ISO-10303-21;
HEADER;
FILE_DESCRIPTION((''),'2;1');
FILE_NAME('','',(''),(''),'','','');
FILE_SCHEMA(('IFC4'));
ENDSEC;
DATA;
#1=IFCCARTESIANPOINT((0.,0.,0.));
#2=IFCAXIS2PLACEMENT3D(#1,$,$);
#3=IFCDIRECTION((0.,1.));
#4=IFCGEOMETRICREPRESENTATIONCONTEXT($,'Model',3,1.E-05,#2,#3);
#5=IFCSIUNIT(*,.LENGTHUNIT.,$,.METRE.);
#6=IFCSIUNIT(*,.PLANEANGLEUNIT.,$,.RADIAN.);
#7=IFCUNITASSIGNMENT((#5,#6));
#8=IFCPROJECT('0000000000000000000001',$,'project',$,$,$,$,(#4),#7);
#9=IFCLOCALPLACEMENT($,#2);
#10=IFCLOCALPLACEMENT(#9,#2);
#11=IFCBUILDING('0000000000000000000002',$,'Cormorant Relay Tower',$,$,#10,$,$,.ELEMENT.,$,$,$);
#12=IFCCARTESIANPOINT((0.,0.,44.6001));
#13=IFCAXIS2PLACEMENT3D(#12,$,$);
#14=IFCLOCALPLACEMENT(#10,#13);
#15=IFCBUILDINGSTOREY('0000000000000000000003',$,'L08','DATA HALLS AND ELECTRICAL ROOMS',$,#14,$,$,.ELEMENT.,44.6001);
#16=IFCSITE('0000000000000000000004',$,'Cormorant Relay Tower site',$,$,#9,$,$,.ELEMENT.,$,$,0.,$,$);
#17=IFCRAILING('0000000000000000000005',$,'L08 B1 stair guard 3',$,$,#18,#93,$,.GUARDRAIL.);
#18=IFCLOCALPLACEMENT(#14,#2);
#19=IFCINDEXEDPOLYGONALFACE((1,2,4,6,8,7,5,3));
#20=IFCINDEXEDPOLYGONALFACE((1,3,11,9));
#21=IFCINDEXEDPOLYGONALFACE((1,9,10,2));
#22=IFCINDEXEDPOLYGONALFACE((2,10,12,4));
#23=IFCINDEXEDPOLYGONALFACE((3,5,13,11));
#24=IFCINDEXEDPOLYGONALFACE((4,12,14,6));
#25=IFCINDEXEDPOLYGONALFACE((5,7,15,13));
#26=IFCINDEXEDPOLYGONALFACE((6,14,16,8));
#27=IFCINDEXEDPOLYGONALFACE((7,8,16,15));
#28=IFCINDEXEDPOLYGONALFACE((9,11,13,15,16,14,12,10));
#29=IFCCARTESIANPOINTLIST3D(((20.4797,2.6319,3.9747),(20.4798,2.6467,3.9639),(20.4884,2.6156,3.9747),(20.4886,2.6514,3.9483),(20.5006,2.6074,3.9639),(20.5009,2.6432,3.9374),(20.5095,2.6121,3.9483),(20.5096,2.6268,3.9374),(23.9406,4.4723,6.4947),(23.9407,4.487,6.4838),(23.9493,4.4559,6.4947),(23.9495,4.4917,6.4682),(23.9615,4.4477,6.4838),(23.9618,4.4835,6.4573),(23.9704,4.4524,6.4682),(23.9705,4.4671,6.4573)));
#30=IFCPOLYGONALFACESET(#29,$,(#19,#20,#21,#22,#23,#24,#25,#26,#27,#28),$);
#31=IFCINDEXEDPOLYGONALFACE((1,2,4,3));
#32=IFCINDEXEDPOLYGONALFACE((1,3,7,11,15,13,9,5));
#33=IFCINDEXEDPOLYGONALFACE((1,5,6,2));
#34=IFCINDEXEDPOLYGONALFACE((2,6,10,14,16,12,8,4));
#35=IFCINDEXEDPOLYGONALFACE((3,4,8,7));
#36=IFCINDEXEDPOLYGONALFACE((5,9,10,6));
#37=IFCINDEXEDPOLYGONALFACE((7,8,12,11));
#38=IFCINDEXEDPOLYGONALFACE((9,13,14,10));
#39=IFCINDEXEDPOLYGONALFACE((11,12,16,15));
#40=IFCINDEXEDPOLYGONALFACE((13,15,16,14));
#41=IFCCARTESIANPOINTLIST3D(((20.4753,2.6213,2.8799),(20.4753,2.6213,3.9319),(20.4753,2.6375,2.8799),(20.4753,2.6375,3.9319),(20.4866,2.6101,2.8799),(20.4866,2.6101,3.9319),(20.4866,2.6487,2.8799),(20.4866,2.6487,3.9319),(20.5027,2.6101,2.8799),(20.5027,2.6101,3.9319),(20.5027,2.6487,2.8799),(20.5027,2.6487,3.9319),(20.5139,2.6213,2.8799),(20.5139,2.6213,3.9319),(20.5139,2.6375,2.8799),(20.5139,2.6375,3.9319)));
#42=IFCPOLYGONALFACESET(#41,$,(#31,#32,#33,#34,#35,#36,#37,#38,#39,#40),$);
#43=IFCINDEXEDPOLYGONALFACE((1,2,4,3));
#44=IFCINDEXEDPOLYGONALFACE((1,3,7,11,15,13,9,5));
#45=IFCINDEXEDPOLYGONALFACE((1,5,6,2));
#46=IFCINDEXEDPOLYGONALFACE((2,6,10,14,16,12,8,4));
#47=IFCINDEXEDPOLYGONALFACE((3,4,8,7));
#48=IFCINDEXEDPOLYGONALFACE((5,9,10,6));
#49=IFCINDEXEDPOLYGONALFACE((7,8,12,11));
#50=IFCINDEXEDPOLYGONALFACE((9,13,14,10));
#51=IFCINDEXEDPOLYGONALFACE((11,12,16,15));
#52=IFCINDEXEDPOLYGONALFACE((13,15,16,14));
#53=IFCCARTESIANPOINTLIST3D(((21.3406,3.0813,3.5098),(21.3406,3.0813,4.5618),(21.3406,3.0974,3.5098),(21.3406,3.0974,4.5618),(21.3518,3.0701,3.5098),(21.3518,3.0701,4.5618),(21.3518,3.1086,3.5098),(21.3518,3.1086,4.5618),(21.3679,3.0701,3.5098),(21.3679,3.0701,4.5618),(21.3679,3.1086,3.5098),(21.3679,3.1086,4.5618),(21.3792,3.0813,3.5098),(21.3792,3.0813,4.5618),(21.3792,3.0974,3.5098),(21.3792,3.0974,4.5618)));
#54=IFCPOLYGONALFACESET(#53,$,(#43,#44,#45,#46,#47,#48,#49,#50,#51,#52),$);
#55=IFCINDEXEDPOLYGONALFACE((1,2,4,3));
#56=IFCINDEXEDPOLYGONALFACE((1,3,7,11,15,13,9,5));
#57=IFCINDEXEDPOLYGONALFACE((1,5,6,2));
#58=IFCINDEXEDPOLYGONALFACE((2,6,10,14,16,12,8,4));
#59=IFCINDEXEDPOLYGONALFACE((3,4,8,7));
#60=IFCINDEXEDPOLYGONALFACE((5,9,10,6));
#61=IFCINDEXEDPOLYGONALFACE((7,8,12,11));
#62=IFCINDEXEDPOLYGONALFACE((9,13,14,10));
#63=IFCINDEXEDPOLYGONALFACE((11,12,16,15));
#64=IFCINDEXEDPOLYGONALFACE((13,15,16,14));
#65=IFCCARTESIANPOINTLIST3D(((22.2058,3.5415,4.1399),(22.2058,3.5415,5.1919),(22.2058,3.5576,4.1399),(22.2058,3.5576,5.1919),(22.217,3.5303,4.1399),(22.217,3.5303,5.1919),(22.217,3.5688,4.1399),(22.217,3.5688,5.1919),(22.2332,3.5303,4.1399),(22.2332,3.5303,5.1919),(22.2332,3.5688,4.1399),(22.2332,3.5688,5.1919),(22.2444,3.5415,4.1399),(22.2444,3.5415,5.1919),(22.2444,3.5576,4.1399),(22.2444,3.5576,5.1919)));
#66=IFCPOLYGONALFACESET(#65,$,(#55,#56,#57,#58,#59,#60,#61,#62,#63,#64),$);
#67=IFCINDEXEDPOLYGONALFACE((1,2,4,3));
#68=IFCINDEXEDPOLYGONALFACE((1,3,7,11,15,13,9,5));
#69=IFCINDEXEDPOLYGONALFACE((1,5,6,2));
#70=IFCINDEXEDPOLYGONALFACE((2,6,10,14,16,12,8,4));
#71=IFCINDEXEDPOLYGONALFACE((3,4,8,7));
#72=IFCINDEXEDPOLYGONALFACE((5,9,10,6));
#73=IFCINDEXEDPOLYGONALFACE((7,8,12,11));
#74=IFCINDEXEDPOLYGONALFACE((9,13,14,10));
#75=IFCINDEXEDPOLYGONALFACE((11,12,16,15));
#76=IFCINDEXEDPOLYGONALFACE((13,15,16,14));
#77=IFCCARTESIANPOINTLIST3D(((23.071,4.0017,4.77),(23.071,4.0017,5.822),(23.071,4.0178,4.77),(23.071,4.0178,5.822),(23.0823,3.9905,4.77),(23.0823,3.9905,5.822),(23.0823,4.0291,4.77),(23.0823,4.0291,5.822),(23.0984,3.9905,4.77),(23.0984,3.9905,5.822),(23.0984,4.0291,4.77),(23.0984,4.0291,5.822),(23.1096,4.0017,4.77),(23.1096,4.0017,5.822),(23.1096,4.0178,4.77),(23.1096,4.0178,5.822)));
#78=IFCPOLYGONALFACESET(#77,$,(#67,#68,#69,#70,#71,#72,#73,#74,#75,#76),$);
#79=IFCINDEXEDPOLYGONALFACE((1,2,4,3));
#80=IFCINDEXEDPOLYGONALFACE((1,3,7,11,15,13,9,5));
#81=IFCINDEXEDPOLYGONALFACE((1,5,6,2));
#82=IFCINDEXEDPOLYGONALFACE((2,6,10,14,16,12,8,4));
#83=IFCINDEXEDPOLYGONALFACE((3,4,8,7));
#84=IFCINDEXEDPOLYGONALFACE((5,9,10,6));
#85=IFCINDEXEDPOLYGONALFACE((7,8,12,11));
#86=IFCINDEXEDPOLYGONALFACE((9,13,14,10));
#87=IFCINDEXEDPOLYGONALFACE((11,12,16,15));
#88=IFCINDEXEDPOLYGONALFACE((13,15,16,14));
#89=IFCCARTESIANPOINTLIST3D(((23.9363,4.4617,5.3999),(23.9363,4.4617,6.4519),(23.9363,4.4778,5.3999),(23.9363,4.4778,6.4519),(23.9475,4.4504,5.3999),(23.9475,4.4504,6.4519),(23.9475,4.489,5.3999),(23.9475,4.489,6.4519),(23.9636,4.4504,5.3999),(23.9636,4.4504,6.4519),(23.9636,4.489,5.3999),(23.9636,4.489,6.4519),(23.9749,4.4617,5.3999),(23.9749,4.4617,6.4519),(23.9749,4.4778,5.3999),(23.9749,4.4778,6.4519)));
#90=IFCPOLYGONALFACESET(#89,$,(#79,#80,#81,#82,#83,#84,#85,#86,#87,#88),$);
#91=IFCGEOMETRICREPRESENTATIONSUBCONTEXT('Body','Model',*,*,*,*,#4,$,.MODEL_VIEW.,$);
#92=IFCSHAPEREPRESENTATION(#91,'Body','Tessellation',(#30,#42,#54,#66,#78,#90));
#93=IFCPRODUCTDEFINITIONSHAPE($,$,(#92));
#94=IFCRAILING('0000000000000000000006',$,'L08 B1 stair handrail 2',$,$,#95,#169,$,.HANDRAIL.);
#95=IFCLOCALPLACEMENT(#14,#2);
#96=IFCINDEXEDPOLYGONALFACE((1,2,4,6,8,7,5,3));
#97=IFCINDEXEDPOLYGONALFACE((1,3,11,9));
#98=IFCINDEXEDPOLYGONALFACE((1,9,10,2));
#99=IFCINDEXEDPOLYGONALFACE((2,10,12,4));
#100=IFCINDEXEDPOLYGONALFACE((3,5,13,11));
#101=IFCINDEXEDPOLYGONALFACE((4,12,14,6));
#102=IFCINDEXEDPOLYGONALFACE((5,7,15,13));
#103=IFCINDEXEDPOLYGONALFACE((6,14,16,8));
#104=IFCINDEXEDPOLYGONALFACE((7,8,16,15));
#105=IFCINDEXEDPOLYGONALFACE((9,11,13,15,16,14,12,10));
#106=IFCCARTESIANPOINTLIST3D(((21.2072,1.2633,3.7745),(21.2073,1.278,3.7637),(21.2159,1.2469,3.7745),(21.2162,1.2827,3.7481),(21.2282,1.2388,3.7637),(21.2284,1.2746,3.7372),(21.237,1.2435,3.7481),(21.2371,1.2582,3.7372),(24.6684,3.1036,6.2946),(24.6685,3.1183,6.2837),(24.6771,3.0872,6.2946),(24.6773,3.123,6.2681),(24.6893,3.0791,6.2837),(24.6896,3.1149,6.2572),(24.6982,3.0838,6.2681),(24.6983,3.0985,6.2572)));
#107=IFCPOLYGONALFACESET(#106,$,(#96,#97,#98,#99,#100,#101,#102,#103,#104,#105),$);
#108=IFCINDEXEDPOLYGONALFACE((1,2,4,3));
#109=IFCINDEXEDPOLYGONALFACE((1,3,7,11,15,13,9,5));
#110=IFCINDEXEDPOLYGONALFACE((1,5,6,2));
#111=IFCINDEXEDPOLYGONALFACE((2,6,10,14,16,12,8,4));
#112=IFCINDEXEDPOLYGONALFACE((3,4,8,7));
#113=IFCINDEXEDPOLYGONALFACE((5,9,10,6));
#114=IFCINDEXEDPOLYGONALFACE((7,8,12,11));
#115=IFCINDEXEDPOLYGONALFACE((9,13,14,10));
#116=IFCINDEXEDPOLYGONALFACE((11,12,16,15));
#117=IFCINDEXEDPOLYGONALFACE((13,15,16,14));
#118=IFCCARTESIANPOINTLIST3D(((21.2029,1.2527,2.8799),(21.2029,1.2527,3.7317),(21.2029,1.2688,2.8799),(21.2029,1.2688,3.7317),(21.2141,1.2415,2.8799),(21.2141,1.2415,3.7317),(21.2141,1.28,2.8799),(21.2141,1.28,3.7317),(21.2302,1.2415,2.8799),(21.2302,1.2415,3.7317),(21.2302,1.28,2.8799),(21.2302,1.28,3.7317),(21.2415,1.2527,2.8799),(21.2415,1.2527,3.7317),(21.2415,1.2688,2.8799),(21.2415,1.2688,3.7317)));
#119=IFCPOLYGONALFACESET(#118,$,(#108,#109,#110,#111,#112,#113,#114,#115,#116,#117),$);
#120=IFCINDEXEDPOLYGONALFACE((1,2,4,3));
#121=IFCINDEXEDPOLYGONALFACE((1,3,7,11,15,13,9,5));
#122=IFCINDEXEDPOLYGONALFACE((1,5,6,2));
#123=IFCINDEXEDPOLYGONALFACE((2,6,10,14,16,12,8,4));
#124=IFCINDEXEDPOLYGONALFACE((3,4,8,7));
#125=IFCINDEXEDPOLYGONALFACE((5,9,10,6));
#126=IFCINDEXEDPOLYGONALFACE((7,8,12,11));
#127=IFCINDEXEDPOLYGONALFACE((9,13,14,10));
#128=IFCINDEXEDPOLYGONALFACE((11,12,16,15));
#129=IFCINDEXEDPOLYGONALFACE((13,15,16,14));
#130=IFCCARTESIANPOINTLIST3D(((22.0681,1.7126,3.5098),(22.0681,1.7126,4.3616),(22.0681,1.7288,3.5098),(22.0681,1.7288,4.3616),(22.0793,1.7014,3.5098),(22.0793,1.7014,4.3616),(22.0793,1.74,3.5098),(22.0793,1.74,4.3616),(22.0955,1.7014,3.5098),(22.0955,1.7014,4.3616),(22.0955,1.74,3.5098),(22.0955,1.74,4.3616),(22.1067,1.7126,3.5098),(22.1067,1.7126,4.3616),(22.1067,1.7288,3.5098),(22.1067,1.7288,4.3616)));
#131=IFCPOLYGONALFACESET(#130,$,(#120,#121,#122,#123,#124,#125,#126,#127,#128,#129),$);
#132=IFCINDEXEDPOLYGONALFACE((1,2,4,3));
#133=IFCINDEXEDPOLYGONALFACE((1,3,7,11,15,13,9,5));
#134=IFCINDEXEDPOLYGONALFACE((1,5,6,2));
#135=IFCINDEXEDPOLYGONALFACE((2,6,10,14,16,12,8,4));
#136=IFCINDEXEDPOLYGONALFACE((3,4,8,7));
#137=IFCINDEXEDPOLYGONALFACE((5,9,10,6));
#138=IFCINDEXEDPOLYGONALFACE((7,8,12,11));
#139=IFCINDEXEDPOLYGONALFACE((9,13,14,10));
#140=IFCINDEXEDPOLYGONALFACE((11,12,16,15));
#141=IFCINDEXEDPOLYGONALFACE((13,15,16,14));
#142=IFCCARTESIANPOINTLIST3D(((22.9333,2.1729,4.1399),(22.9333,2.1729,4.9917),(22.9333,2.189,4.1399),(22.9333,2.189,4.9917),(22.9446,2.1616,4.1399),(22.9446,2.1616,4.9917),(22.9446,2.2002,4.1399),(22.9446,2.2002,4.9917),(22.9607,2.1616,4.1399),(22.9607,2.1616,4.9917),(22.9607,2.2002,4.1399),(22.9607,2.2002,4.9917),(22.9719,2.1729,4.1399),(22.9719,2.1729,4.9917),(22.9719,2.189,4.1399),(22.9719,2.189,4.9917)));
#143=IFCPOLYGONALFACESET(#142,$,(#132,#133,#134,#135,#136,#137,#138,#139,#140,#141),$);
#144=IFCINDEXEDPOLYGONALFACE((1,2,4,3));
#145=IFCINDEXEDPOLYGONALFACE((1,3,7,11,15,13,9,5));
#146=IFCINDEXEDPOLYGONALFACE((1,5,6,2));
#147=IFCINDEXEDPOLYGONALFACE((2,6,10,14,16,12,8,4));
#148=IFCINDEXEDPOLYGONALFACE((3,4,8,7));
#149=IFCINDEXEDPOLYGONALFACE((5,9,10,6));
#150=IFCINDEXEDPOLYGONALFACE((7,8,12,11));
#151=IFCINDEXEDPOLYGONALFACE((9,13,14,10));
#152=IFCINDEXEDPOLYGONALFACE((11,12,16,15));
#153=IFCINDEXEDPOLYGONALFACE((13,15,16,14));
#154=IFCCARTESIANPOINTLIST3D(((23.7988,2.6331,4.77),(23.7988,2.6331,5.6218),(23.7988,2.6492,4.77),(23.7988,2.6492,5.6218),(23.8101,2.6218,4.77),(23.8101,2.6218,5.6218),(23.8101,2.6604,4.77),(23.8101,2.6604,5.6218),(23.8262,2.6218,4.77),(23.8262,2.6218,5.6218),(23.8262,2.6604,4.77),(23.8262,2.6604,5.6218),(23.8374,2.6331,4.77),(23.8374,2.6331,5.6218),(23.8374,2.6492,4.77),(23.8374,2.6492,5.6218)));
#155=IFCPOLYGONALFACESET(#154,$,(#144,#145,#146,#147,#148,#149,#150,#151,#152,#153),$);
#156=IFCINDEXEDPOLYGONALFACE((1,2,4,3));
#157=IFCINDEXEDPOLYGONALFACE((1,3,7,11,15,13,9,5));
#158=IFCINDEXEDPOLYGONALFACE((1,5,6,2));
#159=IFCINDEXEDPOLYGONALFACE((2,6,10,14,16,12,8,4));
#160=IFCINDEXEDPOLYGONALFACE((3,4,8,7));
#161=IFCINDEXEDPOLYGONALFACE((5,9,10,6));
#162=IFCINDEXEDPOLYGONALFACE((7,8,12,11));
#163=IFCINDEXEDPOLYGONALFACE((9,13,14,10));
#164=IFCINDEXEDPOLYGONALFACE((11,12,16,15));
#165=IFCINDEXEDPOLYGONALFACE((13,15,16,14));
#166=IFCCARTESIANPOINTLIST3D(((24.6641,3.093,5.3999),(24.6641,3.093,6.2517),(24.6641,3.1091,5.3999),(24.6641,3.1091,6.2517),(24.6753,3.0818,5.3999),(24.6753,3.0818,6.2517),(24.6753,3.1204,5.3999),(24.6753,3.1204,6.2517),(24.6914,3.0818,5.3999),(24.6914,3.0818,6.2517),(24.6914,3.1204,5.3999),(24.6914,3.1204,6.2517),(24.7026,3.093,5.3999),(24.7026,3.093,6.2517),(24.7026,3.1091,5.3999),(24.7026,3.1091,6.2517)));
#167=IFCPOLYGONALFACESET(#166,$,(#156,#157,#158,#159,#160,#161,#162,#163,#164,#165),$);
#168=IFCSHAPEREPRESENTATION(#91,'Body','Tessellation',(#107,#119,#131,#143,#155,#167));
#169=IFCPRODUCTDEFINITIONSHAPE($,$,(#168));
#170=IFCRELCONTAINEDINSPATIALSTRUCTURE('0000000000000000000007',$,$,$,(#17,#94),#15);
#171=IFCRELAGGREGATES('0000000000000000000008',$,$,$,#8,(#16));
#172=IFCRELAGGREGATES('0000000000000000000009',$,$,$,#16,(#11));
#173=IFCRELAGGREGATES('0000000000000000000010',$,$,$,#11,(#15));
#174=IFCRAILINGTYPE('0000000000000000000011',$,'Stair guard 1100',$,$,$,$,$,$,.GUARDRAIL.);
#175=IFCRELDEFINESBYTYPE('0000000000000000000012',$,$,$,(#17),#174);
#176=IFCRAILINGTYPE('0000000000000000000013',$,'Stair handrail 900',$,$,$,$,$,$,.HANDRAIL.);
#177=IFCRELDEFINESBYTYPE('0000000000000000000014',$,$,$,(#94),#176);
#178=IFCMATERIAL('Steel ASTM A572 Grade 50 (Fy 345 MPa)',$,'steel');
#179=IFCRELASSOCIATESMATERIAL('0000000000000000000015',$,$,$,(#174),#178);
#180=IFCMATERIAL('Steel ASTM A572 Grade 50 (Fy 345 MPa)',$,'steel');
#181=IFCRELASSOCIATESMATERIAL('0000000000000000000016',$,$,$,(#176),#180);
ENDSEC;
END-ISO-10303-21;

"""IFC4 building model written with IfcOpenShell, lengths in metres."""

from ifc_helpers import new_model, si_unit, direction, frame, origin, place, context, subcontext, project, spatial, polyline, outline, extrude, material, type_object, element, save


model = new_model("IFC4")

# Units and contexts
model_context = context("Model", 3, precision=1e-05, world=origin(), true_north=direction((0.0, 1.0)))
body_context = subcontext(model_context, "Body", "Model", "MODEL_VIEW")
ifc_project = project(units=[si_unit("LENGTHUNIT", "METRE"), si_unit("PLANEANGLEUNIT", "RADIAN")], contexts=[model_context])

# Site, building, storey
site_placement = place(None, origin())
site = spatial("IfcSite", under=ifc_project, at=site_placement, Name="Cormorant Relay Tower site", CompositionType="ELEMENT", RefElevation=0.0)
building_placement = place(site_placement, origin())
building = spatial("IfcBuilding", under=site, at=building_placement, Name="Cormorant Relay Tower", CompositionType="ELEMENT")
storey_placement = place(building_placement, frame((0.0, 0.0, 44.6001)))
storey = spatial("IfcBuildingStorey", under=building, at=storey_placement, Name="L08", Description="DATA HALLS AND ELECTRICAL ROOMS", CompositionType="ELEMENT", Elevation=44.6001)

# Railings
ifc_material_1 = material(Name="Steel ASTM A572 Grade 50 (Fy 345 MPa)", Category="steel")
railing_type_1 = type_object("IfcRailingType", Name="Stair guard 1100", PredefinedType="GUARDRAIL", material=ifc_material_1)
railing_1_placement = place(storey_placement, frame((20.4946, 2.6294, 2.8799)))
element("IfcRailing", 1, at=railing_1_placement, inside=storey, type_object=railing_type_1, Name="L08 B1 stair guard 3", PredefinedType="GUARDRAIL", context=body_context, shape_type="SweptSolid", body=[
    extrude(outline(polyline([(0.0222, 0.0093), (0.0093, 0.0222), (-0.0093, 0.0222), (-0.0222, 0.0093), (-0.0222, -0.0093), (-0.0093, -0.0222), (0.0093, -0.0222), (0.0222, -0.0093), (0.0222, 0.0093)])), frame((0.0, 0.0, 1.0762), z_axis=(0.742694, 0.394923, 0.540779), x_axis=(-0.469495, 0.882935, 0.0)), (0.0, 0.0, 1.0), 4.6599),
    extrude(outline(polyline([(0.0193, 0.0081), (0.0081, 0.0193), (-0.0081, 0.0193), (-0.0193, 0.0081), (-0.0193, -0.0081), (-0.0081, -0.0193), (0.0081, -0.0193), (0.0193, -0.0081), (0.0193, 0.0081)])), origin(), (0.0, 0.0, 1.0), 1.052),
    extrude(outline(polyline([(0.0193, 0.0081), (0.0081, 0.0193), (-0.0081, 0.0193), (-0.0193, 0.0081), (-0.0193, -0.0081), (-0.0081, -0.0193), (0.0081, -0.0193), (0.0193, -0.0081), (0.0193, 0.0081)])), frame((0.8652, 0.46, 0.6299)), (0.0, 0.0, 1.0), 1.052),
    extrude(outline(polyline([(0.0193, 0.0081), (0.0081, 0.0193), (-0.0081, 0.0193), (-0.0193, 0.0081), (-0.0193, -0.0081), (-0.0081, -0.0193), (0.0081, -0.0193), (0.0193, -0.0081), (0.0193, 0.0081)])), frame((1.7305, 0.9202, 1.26)), (0.0, 0.0, 1.0), 1.052),
    extrude(outline(polyline([(0.0193, 0.0081), (0.0081, 0.0193), (-0.0081, 0.0193), (-0.0193, 0.0081), (-0.0193, -0.0081), (-0.0081, -0.0193), (0.0081, -0.0193), (0.0193, -0.0081), (0.0193, 0.0081)])), frame((2.5957, 1.3804, 1.8901)), (0.0, 0.0, 1.0), 1.052),
    extrude(outline(polyline([(0.0193, 0.0081), (0.0081, 0.0193), (-0.0081, 0.0193), (-0.0193, 0.0081), (-0.0193, -0.0081), (-0.0081, -0.0193), (0.0081, -0.0193), (0.0193, -0.0081), (0.0193, 0.0081)])), frame((3.4609, 1.8403, 2.52)), (0.0, 0.0, 1.0), 1.052),
])
ifc_material_2 = material(Name="Steel ASTM A572 Grade 50 (Fy 345 MPa)", Category="steel")
railing_type_2 = type_object("IfcRailingType", Name="Stair handrail 900", PredefinedType="HANDRAIL", material=ifc_material_2)
railing_2_placement = place(storey_placement, frame((21.2222, 1.2607, 2.8799)))
element("IfcRailing", 2, at=railing_2_placement, inside=storey, type_object=railing_type_2, Name="L08 B1 stair handrail 2", PredefinedType="HANDRAIL", context=body_context, shape_type="SweptSolid", body=[
    extrude(outline(polyline([(0.0222, 0.0093), (0.0093, 0.0222), (-0.0093, 0.0222), (-0.0222, 0.0093), (-0.0222, -0.0093), (-0.0093, -0.0222), (0.0093, -0.0222), (0.0222, -0.0093), (0.0222, 0.0093)])), frame((0.0, 0.0, 0.876), z_axis=(0.742717, 0.394907, 0.540758), x_axis=(-0.469469, 0.882949, 0.0)), (0.0, 0.0, 1.0), 4.6602),
    extrude(outline(polyline([(0.0193, 0.0081), (0.0081, 0.0193), (-0.0081, 0.0193), (-0.0193, 0.0081), (-0.0193, -0.0081), (-0.0081, -0.0193), (0.0081, -0.0193), (0.0193, -0.0081), (0.0193, 0.0081)])), origin(), (0.0, 0.0, 1.0), 0.8518),
    extrude(outline(polyline([(0.0193, 0.0081), (0.0081, 0.0193), (-0.0081, 0.0193), (-0.0193, 0.0081), (-0.0193, -0.0081), (-0.0081, -0.0193), (0.0081, -0.0193), (0.0193, -0.0081), (0.0193, 0.0081)])), frame((0.8652, 0.46, 0.6299)), (0.0, 0.0, 1.0), 0.8518),
    extrude(outline(polyline([(0.0193, 0.0081), (0.0081, 0.0193), (-0.0081, 0.0193), (-0.0193, 0.0081), (-0.0193, -0.0081), (-0.0081, -0.0193), (0.0081, -0.0193), (0.0193, -0.0081), (0.0193, 0.0081)])), frame((1.7305, 0.9202, 1.26)), (0.0, 0.0, 1.0), 0.8518),
    extrude(outline(polyline([(0.0193, 0.0081), (0.0081, 0.0193), (-0.0081, 0.0193), (-0.0193, 0.0081), (-0.0193, -0.0081), (-0.0081, -0.0193), (0.0081, -0.0193), (0.0193, -0.0081), (0.0193, 0.0081)])), frame((2.5959, 1.3804, 1.8901)), (0.0, 0.0, 1.0), 0.8518),
    extrude(outline(polyline([(0.0193, 0.0081), (0.0081, 0.0193), (-0.0081, 0.0193), (-0.0193, 0.0081), (-0.0193, -0.0081), (-0.0081, -0.0193), (0.0081, -0.0193), (0.0193, -0.0081), (0.0193, 0.0081)])), frame((3.4612, 1.8403, 2.52)), (0.0, 0.0, 1.0), 0.8518),
])

save(model, "model.ifc")
